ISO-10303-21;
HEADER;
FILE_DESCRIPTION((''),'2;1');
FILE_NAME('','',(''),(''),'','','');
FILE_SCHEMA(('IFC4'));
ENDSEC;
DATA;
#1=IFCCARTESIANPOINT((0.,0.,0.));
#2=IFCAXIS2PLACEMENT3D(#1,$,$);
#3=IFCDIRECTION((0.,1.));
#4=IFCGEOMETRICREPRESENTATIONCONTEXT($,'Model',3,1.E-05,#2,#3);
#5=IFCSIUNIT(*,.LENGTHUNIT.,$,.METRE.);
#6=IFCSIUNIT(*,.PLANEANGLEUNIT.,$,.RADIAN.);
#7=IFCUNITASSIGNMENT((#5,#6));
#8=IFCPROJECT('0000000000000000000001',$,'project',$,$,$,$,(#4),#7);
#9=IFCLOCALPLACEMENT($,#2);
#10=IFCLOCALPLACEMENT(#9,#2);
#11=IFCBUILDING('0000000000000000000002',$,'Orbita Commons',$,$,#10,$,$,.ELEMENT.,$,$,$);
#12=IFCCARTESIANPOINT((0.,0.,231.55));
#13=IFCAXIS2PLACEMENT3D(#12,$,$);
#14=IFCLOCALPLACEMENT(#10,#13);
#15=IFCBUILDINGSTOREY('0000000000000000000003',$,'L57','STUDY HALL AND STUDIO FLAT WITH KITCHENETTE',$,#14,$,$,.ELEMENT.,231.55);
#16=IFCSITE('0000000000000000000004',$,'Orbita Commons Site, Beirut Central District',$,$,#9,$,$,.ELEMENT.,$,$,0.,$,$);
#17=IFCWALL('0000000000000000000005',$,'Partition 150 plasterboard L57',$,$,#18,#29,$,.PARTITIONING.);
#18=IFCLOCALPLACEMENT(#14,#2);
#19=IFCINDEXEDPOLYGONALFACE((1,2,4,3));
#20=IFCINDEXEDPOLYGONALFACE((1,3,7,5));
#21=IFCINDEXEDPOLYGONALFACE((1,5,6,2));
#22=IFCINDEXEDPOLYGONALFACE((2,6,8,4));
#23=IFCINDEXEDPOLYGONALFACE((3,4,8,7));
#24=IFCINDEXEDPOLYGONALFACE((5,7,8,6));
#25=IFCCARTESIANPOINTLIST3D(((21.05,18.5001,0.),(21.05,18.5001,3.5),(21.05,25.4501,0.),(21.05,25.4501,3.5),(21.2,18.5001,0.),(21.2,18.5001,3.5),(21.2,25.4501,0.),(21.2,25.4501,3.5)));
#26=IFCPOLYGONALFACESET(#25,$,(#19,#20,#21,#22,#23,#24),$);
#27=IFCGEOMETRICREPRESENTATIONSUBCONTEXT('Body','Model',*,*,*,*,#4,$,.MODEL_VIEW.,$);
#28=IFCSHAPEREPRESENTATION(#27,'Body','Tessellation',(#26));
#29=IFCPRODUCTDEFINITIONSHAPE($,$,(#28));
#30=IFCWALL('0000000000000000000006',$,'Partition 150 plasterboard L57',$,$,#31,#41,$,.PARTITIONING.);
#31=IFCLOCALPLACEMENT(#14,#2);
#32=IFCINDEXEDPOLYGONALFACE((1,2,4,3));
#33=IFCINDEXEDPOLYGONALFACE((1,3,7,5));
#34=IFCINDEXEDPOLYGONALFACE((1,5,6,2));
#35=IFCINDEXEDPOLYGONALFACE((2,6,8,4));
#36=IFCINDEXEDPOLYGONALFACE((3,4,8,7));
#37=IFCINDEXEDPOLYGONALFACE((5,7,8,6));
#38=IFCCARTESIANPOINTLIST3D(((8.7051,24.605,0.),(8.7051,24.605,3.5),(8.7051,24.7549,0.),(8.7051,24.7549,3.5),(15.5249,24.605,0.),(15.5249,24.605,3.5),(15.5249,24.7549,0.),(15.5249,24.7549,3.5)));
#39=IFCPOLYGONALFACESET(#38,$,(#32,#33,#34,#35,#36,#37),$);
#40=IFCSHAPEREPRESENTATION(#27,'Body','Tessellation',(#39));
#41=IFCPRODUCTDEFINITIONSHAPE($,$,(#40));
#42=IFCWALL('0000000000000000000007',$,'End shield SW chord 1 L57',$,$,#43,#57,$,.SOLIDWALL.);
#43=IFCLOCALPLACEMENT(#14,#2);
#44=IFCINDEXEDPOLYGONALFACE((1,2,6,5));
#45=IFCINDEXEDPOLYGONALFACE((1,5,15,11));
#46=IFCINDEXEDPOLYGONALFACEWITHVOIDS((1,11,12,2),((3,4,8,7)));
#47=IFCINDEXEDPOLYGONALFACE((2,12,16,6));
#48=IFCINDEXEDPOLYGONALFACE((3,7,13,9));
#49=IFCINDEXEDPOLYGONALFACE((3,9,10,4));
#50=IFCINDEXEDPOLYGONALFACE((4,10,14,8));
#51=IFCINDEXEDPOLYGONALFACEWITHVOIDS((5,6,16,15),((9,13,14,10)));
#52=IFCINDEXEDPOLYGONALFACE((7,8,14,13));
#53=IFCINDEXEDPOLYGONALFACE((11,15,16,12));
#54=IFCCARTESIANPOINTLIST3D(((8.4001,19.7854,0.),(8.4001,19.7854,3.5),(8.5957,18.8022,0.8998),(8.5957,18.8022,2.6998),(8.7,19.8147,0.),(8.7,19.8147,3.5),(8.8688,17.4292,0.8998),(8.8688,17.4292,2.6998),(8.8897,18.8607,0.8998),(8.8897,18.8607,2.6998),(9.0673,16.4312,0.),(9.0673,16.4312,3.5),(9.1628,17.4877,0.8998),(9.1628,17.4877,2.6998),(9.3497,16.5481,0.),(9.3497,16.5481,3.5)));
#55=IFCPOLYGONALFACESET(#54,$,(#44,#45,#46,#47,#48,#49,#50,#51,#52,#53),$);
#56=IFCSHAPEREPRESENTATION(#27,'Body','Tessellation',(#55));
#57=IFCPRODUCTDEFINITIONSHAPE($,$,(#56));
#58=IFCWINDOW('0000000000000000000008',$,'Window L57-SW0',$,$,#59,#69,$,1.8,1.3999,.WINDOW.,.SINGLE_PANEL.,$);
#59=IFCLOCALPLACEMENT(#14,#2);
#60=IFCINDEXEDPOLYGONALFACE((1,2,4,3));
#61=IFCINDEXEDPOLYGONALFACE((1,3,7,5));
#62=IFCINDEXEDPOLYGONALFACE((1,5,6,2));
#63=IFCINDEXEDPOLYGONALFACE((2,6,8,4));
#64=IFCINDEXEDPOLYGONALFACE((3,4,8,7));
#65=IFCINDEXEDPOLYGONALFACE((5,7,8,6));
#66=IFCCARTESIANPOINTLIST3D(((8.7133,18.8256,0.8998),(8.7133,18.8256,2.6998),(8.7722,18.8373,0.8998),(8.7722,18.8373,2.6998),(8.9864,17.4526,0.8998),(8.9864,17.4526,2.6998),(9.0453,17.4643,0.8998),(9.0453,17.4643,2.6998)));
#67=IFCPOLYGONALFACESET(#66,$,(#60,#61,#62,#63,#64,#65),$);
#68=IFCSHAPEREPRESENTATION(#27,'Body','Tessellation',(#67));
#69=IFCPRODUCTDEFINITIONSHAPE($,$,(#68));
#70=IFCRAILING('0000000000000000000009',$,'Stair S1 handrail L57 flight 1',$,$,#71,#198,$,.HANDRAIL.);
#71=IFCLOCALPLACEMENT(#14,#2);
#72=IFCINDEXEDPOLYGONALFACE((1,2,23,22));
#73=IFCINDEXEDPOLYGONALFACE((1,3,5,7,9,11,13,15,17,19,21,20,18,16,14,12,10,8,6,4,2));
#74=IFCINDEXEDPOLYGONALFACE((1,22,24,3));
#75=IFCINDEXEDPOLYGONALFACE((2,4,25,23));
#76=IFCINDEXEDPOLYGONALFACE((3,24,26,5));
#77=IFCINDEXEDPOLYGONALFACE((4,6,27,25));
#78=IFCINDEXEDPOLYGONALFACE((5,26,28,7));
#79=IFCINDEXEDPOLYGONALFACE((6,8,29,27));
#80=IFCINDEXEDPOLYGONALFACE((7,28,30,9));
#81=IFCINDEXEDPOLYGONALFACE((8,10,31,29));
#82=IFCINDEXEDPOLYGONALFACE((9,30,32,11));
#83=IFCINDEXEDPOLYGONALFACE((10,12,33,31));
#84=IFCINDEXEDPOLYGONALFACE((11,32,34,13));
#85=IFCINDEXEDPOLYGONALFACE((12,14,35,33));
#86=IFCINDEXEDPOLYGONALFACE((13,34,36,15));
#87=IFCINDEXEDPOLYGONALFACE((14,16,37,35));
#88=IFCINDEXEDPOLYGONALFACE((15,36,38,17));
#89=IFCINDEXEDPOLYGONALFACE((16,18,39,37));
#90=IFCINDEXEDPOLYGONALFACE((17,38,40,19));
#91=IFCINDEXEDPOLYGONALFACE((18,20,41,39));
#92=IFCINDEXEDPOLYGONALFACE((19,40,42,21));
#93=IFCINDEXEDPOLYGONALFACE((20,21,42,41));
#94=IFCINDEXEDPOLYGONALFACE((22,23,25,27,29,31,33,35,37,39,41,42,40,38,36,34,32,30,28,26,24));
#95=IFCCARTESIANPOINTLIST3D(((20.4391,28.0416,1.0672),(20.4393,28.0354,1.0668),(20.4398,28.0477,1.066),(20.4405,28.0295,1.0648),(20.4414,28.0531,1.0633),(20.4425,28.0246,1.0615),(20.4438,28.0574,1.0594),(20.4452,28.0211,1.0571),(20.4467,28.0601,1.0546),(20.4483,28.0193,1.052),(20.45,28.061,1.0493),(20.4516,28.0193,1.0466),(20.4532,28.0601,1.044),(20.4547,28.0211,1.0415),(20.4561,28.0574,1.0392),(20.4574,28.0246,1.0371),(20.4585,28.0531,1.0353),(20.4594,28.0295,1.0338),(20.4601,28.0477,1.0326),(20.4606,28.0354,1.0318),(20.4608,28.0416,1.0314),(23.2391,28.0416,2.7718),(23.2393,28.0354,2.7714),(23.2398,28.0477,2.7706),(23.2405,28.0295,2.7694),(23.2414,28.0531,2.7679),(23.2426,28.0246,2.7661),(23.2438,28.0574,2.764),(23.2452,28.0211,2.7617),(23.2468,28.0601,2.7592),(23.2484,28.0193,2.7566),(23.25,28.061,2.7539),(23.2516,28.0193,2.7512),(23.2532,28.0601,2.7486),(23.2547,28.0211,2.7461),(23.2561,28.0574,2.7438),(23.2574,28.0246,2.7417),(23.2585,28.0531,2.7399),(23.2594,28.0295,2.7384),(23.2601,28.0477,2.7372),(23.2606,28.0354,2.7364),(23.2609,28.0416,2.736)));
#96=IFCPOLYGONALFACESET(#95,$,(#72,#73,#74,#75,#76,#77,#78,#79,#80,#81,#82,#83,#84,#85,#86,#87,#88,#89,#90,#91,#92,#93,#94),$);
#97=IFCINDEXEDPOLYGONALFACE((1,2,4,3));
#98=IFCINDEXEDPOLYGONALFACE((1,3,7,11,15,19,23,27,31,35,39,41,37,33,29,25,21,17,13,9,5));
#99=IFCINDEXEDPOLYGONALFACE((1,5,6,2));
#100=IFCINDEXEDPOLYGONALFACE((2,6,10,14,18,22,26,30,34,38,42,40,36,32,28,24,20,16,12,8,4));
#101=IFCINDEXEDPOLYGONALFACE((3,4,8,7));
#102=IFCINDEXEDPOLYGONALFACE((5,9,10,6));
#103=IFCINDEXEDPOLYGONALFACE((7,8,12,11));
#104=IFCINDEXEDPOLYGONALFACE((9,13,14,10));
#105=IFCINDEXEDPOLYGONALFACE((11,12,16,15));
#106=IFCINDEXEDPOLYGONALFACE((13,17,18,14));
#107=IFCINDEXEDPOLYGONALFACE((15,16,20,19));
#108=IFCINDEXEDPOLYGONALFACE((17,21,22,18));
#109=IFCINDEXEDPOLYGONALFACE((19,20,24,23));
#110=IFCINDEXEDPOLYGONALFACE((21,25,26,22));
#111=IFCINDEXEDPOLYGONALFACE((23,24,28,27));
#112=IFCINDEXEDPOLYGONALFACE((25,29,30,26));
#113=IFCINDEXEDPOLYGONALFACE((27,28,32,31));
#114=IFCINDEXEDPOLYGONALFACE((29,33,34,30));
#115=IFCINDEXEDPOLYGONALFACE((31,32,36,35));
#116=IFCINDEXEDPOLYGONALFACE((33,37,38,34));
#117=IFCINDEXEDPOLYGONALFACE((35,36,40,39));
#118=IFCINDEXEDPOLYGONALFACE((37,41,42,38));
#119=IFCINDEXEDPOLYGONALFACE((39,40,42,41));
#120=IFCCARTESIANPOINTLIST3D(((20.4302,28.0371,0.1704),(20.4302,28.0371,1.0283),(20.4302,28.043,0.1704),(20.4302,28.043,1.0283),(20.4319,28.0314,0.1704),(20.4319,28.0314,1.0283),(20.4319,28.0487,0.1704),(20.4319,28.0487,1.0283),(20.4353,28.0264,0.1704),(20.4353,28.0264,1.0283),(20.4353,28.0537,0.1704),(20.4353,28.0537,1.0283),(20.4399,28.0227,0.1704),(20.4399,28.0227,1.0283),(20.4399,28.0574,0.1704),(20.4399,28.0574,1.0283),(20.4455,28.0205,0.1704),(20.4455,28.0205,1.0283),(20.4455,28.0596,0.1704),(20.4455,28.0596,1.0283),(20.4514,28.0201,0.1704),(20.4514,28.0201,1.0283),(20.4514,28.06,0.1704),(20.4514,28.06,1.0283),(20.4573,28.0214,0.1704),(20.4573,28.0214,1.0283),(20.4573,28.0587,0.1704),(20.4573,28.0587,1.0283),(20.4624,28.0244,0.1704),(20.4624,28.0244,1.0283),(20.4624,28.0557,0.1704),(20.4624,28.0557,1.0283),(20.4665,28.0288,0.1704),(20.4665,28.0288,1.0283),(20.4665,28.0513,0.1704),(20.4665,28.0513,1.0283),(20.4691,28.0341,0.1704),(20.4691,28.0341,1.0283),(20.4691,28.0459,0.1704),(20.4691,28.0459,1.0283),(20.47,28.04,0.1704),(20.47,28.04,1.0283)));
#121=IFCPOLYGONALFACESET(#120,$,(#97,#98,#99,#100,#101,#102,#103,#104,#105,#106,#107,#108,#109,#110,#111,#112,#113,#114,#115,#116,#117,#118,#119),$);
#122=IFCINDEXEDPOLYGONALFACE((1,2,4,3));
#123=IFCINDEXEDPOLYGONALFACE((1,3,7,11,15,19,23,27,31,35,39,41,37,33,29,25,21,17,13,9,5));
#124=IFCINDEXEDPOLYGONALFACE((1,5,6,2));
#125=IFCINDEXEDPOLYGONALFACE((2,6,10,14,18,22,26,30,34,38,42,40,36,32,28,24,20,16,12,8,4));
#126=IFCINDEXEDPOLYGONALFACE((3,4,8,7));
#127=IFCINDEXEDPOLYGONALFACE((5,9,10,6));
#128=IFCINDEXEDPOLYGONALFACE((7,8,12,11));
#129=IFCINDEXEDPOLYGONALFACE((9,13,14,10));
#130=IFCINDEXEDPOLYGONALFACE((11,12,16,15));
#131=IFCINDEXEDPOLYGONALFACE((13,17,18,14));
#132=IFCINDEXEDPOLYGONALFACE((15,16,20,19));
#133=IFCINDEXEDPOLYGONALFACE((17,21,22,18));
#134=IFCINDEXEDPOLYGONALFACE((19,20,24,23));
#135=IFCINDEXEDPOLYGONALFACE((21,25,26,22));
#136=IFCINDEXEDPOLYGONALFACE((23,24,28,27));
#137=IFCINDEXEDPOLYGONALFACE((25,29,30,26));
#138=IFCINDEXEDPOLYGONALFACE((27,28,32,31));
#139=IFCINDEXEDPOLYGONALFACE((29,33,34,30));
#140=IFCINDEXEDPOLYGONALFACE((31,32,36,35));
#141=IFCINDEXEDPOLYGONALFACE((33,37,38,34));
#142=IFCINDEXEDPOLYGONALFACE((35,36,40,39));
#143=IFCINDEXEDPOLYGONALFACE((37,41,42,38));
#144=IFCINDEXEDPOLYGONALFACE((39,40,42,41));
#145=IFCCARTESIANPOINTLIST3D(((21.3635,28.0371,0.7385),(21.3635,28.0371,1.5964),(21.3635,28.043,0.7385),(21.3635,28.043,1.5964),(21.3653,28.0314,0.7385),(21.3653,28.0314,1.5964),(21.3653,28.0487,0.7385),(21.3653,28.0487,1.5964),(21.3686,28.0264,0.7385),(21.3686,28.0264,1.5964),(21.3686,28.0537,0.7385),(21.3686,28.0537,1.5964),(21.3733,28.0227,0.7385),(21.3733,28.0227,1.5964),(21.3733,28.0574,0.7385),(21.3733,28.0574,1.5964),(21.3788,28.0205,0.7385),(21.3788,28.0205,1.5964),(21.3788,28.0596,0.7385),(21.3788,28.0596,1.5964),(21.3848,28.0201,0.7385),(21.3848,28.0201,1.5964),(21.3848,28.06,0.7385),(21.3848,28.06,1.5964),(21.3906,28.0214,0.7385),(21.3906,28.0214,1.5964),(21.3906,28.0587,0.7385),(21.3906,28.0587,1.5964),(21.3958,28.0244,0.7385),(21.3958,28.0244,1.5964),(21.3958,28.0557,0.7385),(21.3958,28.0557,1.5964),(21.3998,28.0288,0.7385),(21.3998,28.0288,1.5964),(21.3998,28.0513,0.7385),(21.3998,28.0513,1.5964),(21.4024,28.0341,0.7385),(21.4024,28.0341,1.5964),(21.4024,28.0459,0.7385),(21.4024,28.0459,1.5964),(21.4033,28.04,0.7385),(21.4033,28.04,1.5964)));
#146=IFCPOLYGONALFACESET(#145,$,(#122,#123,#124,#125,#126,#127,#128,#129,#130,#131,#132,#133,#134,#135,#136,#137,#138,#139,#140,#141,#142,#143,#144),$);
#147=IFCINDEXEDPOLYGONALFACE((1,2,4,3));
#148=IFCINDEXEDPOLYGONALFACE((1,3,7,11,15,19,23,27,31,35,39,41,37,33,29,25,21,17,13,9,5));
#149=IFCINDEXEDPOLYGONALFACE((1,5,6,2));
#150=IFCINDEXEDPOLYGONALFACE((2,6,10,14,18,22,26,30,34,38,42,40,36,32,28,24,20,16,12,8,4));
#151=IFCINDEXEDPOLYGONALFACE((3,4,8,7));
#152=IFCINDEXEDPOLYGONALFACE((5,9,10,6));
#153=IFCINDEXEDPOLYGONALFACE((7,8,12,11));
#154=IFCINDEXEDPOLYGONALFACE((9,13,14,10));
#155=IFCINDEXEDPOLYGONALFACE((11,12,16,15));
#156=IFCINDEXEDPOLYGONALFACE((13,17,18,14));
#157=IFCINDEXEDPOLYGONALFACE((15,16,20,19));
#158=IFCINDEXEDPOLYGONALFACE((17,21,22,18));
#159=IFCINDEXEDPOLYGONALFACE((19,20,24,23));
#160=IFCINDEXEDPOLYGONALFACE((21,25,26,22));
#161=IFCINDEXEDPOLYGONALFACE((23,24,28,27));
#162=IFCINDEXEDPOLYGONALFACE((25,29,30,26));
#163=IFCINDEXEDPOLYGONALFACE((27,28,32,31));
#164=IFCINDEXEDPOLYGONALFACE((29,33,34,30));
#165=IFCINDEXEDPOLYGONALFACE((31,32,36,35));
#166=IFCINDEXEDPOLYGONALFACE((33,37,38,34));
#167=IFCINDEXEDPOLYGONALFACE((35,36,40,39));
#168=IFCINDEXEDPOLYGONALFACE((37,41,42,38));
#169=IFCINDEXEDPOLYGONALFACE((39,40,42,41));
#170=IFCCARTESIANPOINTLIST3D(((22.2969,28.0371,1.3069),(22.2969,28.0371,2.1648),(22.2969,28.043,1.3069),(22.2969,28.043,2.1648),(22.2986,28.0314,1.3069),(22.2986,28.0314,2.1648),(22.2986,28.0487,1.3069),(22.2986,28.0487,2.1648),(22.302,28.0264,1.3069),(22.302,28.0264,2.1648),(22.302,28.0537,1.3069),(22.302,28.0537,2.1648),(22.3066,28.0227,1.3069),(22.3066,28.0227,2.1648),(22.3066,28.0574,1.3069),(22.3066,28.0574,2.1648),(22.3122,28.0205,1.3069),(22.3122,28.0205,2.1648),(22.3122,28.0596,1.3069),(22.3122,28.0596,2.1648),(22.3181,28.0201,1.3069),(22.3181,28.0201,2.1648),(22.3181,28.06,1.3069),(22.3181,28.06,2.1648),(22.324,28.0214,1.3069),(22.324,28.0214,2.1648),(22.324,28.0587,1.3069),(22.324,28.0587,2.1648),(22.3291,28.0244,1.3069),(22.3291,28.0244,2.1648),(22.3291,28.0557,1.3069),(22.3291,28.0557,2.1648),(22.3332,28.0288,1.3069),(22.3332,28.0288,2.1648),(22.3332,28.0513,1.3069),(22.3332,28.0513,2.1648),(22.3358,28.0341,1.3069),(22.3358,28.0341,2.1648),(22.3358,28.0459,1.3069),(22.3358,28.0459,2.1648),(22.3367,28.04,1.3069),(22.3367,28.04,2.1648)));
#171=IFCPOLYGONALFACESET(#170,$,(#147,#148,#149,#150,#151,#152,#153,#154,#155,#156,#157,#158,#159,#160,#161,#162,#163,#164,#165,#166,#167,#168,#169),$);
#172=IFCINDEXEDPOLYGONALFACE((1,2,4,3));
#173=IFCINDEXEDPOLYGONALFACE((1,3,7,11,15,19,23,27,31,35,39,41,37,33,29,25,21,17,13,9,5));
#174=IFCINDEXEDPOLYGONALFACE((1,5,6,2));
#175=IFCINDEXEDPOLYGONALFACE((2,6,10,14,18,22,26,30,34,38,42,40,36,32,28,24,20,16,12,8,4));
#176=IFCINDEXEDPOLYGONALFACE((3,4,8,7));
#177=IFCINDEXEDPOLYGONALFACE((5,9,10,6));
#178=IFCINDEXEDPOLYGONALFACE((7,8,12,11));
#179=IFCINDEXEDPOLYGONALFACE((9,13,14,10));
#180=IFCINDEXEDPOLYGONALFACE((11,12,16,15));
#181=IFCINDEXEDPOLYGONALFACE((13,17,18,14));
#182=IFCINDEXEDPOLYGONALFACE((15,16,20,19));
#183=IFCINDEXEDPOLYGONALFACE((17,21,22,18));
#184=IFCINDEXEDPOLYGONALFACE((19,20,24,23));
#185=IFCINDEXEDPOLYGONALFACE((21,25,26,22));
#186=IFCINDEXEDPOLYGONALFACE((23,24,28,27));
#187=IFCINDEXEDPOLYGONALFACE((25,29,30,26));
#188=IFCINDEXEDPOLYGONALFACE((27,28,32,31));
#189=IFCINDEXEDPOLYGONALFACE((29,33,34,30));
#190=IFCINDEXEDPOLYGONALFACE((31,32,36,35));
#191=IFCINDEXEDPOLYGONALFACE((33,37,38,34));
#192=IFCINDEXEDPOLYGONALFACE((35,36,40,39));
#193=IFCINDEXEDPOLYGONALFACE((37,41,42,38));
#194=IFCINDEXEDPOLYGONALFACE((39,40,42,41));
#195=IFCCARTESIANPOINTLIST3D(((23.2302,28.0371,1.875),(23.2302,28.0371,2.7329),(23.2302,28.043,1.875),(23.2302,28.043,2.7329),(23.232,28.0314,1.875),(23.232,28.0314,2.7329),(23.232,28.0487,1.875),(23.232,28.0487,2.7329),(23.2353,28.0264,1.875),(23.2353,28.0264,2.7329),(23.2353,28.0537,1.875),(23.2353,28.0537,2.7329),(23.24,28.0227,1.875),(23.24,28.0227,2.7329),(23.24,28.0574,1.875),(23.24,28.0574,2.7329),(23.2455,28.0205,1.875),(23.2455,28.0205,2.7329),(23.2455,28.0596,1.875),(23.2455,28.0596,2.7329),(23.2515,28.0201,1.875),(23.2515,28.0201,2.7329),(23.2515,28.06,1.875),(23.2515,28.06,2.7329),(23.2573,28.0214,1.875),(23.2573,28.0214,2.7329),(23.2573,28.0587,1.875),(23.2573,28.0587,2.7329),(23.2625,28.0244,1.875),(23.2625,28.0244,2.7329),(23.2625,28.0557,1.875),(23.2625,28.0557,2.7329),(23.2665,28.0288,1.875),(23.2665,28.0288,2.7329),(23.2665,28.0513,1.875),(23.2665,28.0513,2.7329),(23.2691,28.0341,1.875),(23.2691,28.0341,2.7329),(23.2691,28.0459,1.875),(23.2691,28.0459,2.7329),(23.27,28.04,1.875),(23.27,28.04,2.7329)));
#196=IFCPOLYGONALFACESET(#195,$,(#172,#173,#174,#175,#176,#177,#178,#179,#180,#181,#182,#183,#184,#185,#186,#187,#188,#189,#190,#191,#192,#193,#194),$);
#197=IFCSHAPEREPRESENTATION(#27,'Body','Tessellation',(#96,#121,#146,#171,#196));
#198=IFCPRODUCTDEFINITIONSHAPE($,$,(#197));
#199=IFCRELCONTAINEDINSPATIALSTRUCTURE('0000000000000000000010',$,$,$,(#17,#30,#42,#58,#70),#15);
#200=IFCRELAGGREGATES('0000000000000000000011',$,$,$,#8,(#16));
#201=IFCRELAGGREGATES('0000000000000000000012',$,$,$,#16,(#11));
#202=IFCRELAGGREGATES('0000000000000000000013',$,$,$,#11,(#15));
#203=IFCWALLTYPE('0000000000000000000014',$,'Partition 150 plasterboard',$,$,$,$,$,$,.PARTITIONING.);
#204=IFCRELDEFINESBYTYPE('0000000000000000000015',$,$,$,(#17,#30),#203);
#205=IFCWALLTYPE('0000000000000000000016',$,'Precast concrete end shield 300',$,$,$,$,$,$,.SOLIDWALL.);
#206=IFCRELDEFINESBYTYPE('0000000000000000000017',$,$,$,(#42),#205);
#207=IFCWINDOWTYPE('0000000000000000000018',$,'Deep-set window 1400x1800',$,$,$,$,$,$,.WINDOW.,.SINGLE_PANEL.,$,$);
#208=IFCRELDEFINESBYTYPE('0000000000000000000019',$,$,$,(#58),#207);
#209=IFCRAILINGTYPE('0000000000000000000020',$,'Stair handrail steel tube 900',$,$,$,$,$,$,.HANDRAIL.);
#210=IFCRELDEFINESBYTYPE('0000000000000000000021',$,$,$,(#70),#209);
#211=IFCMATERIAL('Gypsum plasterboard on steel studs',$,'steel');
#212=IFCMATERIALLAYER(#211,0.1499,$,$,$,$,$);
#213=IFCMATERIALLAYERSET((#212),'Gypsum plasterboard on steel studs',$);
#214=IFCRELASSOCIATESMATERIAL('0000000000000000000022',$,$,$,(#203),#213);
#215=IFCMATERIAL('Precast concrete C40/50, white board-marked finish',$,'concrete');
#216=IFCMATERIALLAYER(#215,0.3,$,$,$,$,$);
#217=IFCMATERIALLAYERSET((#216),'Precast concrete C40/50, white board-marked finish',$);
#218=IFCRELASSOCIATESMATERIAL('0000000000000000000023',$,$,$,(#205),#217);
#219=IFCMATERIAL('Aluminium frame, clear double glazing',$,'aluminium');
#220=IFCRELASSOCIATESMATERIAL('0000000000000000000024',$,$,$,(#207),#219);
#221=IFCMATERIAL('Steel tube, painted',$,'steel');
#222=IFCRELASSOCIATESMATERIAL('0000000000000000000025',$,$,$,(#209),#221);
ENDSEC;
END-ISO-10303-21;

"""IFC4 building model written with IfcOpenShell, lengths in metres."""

from ifc_helpers import new_model, si_unit, direction, frame, frame_2d, origin, origin_2d, place, context, subcontext, project, spatial, polyline, rectangle, circle, outline, extrude, material, layer, layer_set, type_object, element, fill, save


model = new_model("IFC4")

# Units and contexts
model_context = context("Model", 3, precision=1e-05, world=origin(), true_north=direction((0.0, 1.0)))
body_context = subcontext(model_context, "Body", "Model", "MODEL_VIEW")
ifc_project = project(units=[si_unit("LENGTHUNIT", "METRE"), si_unit("PLANEANGLEUNIT", "RADIAN")], contexts=[model_context])

# Site, building, storey
site_placement = place(None, origin())
site = spatial("IfcSite", under=ifc_project, at=site_placement, Name="Orbita Commons Site, Beirut Central District", CompositionType="ELEMENT", RefElevation=0.0)
building_placement = place(site_placement, origin())
building = spatial("IfcBuilding", under=site, at=building_placement, Name="Orbita Commons", CompositionType="ELEMENT")
storey_placement = place(building_placement, frame((0.0, 0.0, 231.55)))
storey = spatial("IfcBuildingStorey", under=building, at=storey_placement, Name="L57", Description="STUDY HALL AND STUDIO FLAT WITH KITCHENETTE", CompositionType="ELEMENT", Elevation=231.55)

# Walls
ifc_material_1 = material(Name="Gypsum plasterboard on steel studs", Category="steel")
ifc_layer_1 = layer(ifc_material_1, 0.1499)
ifc_layer_set_1 = layer_set([ifc_layer_1], Name="Gypsum plasterboard on steel studs")
wall_type_1 = type_object("IfcWallType", Name="Partition 150 plasterboard", PredefinedType="PARTITIONING", material=ifc_layer_set_1)
wall_1_placement = place(storey_placement, frame((21.125, 18.5, 0.0), z_axis=(0.0, 0.0, 1.0), x_axis=(0.0, 1.0, 0.0)))
element("IfcWall", 1, at=wall_1_placement, inside=storey, type_object=wall_type_1, Name="Partition 150 plasterboard L57", PredefinedType="PARTITIONING", context=body_context, shape_type="SweptSolid", body=[
    extrude(rectangle(XDim=6.95, YDim=0.1499, at=frame_2d((3.4751, 0.0))), origin(), (0.0, 0.0, 1.0), 3.5),
])
wall_2_placement = place(storey_placement, frame((8.7051, 24.6799, 0.0), z_axis=(0.0, 0.0, 1.0), x_axis=(1.0, 0.0, 0.0)))
element("IfcWall", 2, at=wall_2_placement, inside=storey, type_object=wall_type_1, Name="Partition 150 plasterboard L57", PredefinedType="PARTITIONING", context=body_context, shape_type="SweptSolid", body=[
    extrude(rectangle(XDim=6.8198, YDim=0.1499, at=frame_2d((3.4099, 0.0))), origin(), (0.0, 0.0, 1.0), 3.5),
])

# Wall, opening, window
ifc_material_2 = material(Name="Precast concrete C40/50, white board-marked finish", Category="concrete")
ifc_layer_2 = layer(ifc_material_2, 0.3)
ifc_layer_set_2 = layer_set([ifc_layer_2], Name="Precast concrete C40/50, white board-marked finish")
wall_type_2 = type_object("IfcWallType", Name="Precast concrete end shield 300", PredefinedType="SOLIDWALL", material=ifc_layer_set_2)
wall_3_placement = place(storey_placement, frame((8.55, 19.8, 0.0), z_axis=(0.0, 0.0, 1.0), x_axis=(0.195087, -0.980786, 0.0)))
wall_3 = element("IfcWall", 3, at=wall_3_placement, inside=storey, type_object=wall_type_2, Name="End shield SW chord 1 L57", PredefinedType="SOLIDWALL", context=body_context, shape_type="SweptSolid", body=[
    extrude(outline(polyline([(-0.0149, -0.1499), (3.405, -0.1499), (3.3455, 0.1499), (0.0149, 0.1499), (-0.0149, -0.1499)])), origin(), (0.0, 0.0, 1.0), 3.5),
])
opening_1_placement = place(wall_3_placement, frame((0.9875, 0.0, 0.8999)))
opening_1 = element("IfcOpeningElement", 4, at=opening_1_placement, cuts=wall_3, PredefinedType="OPENING", context=body_context, shape_type="SweptSolid", body=[
    extrude(rectangle(XDim=1.3999, YDim=1.8, at=frame_2d((0.7, 0.8999))), frame((0.0, 0.1599, 0.0), z_axis=(0.0, -1.0, 0.0), x_axis=(1.0, 0.0, 0.0)), (0.0, 0.0, 1.0), 0.3201),
])
ifc_material_3 = material(Name="Aluminium frame, clear double glazing", Category="aluminium")
window_type = type_object("IfcWindowType", Name="Deep-set window 1400x1800", PartitioningType="SINGLE_PANEL", PredefinedType="WINDOW", material=ifc_material_3)
window_placement = place(opening_1_placement, origin())
window = element("IfcWindow", 5, at=window_placement, inside=storey, type_object=window_type, Name="Window L57-SW0", OverallHeight=1.8, OverallWidth=1.3999, PartitioningType="SINGLE_PANEL", PredefinedType="WINDOW", context=body_context, shape_type="SweptSolid", body=[
    extrude(rectangle(XDim=1.3999, YDim=1.8, at=frame_2d((0.7, 0.8999))), frame((0.0, 0.03, 0.0), z_axis=(0.0, -1.0, 0.0), x_axis=(1.0, 0.0, 0.0)), (0.0, 0.0, 1.0), 0.0601),
])
fill(opening_1, window)

# Railing
ifc_material_4 = material(Name="Steel tube, painted", Category="steel")
railing_type = type_object("IfcRailingType", Name="Stair handrail steel tube 900", PredefinedType="HANDRAIL", material=ifc_material_4)
for number, where, name in (
    (6, (20.45, 28.04, 0.1704), "Stair S1 handrail L57 flight 1"),
):
    element("IfcRailing", number, at=place(storey_placement, frame(where)), inside=storey, type_object=railing_type, Name=name, PredefinedType="HANDRAIL", context=body_context, shape_type="SweptSolid", body=[
        extrude(circle(Radius=0.021, at=origin_2d()), frame((0.0, 0.0, 0.8789), z_axis=(0.85417, 0.0, 0.519994), x_axis=(0.0, 1.0, 0.0)), (0.0, 0.0, 1.0), 3.2781),
        extrude(circle(Radius=0.02, at=origin_2d()), origin(), (0.0, 0.0, 1.0), 0.8579),
        extrude(circle(Radius=0.02, at=origin_2d()), frame((0.9333, 0.0, 0.5681)), (0.0, 0.0, 1.0), 0.8579),
        extrude(circle(Radius=0.02, at=origin_2d()), frame((1.8667, 0.0, 1.1365)), (0.0, 0.0, 1.0), 0.8579),
        extrude(circle(Radius=0.02, at=origin_2d()), frame((2.8, 0.0, 1.7046)), (0.0, 0.0, 1.0), 0.8579),
    ])

save(model, "model.ifc")
